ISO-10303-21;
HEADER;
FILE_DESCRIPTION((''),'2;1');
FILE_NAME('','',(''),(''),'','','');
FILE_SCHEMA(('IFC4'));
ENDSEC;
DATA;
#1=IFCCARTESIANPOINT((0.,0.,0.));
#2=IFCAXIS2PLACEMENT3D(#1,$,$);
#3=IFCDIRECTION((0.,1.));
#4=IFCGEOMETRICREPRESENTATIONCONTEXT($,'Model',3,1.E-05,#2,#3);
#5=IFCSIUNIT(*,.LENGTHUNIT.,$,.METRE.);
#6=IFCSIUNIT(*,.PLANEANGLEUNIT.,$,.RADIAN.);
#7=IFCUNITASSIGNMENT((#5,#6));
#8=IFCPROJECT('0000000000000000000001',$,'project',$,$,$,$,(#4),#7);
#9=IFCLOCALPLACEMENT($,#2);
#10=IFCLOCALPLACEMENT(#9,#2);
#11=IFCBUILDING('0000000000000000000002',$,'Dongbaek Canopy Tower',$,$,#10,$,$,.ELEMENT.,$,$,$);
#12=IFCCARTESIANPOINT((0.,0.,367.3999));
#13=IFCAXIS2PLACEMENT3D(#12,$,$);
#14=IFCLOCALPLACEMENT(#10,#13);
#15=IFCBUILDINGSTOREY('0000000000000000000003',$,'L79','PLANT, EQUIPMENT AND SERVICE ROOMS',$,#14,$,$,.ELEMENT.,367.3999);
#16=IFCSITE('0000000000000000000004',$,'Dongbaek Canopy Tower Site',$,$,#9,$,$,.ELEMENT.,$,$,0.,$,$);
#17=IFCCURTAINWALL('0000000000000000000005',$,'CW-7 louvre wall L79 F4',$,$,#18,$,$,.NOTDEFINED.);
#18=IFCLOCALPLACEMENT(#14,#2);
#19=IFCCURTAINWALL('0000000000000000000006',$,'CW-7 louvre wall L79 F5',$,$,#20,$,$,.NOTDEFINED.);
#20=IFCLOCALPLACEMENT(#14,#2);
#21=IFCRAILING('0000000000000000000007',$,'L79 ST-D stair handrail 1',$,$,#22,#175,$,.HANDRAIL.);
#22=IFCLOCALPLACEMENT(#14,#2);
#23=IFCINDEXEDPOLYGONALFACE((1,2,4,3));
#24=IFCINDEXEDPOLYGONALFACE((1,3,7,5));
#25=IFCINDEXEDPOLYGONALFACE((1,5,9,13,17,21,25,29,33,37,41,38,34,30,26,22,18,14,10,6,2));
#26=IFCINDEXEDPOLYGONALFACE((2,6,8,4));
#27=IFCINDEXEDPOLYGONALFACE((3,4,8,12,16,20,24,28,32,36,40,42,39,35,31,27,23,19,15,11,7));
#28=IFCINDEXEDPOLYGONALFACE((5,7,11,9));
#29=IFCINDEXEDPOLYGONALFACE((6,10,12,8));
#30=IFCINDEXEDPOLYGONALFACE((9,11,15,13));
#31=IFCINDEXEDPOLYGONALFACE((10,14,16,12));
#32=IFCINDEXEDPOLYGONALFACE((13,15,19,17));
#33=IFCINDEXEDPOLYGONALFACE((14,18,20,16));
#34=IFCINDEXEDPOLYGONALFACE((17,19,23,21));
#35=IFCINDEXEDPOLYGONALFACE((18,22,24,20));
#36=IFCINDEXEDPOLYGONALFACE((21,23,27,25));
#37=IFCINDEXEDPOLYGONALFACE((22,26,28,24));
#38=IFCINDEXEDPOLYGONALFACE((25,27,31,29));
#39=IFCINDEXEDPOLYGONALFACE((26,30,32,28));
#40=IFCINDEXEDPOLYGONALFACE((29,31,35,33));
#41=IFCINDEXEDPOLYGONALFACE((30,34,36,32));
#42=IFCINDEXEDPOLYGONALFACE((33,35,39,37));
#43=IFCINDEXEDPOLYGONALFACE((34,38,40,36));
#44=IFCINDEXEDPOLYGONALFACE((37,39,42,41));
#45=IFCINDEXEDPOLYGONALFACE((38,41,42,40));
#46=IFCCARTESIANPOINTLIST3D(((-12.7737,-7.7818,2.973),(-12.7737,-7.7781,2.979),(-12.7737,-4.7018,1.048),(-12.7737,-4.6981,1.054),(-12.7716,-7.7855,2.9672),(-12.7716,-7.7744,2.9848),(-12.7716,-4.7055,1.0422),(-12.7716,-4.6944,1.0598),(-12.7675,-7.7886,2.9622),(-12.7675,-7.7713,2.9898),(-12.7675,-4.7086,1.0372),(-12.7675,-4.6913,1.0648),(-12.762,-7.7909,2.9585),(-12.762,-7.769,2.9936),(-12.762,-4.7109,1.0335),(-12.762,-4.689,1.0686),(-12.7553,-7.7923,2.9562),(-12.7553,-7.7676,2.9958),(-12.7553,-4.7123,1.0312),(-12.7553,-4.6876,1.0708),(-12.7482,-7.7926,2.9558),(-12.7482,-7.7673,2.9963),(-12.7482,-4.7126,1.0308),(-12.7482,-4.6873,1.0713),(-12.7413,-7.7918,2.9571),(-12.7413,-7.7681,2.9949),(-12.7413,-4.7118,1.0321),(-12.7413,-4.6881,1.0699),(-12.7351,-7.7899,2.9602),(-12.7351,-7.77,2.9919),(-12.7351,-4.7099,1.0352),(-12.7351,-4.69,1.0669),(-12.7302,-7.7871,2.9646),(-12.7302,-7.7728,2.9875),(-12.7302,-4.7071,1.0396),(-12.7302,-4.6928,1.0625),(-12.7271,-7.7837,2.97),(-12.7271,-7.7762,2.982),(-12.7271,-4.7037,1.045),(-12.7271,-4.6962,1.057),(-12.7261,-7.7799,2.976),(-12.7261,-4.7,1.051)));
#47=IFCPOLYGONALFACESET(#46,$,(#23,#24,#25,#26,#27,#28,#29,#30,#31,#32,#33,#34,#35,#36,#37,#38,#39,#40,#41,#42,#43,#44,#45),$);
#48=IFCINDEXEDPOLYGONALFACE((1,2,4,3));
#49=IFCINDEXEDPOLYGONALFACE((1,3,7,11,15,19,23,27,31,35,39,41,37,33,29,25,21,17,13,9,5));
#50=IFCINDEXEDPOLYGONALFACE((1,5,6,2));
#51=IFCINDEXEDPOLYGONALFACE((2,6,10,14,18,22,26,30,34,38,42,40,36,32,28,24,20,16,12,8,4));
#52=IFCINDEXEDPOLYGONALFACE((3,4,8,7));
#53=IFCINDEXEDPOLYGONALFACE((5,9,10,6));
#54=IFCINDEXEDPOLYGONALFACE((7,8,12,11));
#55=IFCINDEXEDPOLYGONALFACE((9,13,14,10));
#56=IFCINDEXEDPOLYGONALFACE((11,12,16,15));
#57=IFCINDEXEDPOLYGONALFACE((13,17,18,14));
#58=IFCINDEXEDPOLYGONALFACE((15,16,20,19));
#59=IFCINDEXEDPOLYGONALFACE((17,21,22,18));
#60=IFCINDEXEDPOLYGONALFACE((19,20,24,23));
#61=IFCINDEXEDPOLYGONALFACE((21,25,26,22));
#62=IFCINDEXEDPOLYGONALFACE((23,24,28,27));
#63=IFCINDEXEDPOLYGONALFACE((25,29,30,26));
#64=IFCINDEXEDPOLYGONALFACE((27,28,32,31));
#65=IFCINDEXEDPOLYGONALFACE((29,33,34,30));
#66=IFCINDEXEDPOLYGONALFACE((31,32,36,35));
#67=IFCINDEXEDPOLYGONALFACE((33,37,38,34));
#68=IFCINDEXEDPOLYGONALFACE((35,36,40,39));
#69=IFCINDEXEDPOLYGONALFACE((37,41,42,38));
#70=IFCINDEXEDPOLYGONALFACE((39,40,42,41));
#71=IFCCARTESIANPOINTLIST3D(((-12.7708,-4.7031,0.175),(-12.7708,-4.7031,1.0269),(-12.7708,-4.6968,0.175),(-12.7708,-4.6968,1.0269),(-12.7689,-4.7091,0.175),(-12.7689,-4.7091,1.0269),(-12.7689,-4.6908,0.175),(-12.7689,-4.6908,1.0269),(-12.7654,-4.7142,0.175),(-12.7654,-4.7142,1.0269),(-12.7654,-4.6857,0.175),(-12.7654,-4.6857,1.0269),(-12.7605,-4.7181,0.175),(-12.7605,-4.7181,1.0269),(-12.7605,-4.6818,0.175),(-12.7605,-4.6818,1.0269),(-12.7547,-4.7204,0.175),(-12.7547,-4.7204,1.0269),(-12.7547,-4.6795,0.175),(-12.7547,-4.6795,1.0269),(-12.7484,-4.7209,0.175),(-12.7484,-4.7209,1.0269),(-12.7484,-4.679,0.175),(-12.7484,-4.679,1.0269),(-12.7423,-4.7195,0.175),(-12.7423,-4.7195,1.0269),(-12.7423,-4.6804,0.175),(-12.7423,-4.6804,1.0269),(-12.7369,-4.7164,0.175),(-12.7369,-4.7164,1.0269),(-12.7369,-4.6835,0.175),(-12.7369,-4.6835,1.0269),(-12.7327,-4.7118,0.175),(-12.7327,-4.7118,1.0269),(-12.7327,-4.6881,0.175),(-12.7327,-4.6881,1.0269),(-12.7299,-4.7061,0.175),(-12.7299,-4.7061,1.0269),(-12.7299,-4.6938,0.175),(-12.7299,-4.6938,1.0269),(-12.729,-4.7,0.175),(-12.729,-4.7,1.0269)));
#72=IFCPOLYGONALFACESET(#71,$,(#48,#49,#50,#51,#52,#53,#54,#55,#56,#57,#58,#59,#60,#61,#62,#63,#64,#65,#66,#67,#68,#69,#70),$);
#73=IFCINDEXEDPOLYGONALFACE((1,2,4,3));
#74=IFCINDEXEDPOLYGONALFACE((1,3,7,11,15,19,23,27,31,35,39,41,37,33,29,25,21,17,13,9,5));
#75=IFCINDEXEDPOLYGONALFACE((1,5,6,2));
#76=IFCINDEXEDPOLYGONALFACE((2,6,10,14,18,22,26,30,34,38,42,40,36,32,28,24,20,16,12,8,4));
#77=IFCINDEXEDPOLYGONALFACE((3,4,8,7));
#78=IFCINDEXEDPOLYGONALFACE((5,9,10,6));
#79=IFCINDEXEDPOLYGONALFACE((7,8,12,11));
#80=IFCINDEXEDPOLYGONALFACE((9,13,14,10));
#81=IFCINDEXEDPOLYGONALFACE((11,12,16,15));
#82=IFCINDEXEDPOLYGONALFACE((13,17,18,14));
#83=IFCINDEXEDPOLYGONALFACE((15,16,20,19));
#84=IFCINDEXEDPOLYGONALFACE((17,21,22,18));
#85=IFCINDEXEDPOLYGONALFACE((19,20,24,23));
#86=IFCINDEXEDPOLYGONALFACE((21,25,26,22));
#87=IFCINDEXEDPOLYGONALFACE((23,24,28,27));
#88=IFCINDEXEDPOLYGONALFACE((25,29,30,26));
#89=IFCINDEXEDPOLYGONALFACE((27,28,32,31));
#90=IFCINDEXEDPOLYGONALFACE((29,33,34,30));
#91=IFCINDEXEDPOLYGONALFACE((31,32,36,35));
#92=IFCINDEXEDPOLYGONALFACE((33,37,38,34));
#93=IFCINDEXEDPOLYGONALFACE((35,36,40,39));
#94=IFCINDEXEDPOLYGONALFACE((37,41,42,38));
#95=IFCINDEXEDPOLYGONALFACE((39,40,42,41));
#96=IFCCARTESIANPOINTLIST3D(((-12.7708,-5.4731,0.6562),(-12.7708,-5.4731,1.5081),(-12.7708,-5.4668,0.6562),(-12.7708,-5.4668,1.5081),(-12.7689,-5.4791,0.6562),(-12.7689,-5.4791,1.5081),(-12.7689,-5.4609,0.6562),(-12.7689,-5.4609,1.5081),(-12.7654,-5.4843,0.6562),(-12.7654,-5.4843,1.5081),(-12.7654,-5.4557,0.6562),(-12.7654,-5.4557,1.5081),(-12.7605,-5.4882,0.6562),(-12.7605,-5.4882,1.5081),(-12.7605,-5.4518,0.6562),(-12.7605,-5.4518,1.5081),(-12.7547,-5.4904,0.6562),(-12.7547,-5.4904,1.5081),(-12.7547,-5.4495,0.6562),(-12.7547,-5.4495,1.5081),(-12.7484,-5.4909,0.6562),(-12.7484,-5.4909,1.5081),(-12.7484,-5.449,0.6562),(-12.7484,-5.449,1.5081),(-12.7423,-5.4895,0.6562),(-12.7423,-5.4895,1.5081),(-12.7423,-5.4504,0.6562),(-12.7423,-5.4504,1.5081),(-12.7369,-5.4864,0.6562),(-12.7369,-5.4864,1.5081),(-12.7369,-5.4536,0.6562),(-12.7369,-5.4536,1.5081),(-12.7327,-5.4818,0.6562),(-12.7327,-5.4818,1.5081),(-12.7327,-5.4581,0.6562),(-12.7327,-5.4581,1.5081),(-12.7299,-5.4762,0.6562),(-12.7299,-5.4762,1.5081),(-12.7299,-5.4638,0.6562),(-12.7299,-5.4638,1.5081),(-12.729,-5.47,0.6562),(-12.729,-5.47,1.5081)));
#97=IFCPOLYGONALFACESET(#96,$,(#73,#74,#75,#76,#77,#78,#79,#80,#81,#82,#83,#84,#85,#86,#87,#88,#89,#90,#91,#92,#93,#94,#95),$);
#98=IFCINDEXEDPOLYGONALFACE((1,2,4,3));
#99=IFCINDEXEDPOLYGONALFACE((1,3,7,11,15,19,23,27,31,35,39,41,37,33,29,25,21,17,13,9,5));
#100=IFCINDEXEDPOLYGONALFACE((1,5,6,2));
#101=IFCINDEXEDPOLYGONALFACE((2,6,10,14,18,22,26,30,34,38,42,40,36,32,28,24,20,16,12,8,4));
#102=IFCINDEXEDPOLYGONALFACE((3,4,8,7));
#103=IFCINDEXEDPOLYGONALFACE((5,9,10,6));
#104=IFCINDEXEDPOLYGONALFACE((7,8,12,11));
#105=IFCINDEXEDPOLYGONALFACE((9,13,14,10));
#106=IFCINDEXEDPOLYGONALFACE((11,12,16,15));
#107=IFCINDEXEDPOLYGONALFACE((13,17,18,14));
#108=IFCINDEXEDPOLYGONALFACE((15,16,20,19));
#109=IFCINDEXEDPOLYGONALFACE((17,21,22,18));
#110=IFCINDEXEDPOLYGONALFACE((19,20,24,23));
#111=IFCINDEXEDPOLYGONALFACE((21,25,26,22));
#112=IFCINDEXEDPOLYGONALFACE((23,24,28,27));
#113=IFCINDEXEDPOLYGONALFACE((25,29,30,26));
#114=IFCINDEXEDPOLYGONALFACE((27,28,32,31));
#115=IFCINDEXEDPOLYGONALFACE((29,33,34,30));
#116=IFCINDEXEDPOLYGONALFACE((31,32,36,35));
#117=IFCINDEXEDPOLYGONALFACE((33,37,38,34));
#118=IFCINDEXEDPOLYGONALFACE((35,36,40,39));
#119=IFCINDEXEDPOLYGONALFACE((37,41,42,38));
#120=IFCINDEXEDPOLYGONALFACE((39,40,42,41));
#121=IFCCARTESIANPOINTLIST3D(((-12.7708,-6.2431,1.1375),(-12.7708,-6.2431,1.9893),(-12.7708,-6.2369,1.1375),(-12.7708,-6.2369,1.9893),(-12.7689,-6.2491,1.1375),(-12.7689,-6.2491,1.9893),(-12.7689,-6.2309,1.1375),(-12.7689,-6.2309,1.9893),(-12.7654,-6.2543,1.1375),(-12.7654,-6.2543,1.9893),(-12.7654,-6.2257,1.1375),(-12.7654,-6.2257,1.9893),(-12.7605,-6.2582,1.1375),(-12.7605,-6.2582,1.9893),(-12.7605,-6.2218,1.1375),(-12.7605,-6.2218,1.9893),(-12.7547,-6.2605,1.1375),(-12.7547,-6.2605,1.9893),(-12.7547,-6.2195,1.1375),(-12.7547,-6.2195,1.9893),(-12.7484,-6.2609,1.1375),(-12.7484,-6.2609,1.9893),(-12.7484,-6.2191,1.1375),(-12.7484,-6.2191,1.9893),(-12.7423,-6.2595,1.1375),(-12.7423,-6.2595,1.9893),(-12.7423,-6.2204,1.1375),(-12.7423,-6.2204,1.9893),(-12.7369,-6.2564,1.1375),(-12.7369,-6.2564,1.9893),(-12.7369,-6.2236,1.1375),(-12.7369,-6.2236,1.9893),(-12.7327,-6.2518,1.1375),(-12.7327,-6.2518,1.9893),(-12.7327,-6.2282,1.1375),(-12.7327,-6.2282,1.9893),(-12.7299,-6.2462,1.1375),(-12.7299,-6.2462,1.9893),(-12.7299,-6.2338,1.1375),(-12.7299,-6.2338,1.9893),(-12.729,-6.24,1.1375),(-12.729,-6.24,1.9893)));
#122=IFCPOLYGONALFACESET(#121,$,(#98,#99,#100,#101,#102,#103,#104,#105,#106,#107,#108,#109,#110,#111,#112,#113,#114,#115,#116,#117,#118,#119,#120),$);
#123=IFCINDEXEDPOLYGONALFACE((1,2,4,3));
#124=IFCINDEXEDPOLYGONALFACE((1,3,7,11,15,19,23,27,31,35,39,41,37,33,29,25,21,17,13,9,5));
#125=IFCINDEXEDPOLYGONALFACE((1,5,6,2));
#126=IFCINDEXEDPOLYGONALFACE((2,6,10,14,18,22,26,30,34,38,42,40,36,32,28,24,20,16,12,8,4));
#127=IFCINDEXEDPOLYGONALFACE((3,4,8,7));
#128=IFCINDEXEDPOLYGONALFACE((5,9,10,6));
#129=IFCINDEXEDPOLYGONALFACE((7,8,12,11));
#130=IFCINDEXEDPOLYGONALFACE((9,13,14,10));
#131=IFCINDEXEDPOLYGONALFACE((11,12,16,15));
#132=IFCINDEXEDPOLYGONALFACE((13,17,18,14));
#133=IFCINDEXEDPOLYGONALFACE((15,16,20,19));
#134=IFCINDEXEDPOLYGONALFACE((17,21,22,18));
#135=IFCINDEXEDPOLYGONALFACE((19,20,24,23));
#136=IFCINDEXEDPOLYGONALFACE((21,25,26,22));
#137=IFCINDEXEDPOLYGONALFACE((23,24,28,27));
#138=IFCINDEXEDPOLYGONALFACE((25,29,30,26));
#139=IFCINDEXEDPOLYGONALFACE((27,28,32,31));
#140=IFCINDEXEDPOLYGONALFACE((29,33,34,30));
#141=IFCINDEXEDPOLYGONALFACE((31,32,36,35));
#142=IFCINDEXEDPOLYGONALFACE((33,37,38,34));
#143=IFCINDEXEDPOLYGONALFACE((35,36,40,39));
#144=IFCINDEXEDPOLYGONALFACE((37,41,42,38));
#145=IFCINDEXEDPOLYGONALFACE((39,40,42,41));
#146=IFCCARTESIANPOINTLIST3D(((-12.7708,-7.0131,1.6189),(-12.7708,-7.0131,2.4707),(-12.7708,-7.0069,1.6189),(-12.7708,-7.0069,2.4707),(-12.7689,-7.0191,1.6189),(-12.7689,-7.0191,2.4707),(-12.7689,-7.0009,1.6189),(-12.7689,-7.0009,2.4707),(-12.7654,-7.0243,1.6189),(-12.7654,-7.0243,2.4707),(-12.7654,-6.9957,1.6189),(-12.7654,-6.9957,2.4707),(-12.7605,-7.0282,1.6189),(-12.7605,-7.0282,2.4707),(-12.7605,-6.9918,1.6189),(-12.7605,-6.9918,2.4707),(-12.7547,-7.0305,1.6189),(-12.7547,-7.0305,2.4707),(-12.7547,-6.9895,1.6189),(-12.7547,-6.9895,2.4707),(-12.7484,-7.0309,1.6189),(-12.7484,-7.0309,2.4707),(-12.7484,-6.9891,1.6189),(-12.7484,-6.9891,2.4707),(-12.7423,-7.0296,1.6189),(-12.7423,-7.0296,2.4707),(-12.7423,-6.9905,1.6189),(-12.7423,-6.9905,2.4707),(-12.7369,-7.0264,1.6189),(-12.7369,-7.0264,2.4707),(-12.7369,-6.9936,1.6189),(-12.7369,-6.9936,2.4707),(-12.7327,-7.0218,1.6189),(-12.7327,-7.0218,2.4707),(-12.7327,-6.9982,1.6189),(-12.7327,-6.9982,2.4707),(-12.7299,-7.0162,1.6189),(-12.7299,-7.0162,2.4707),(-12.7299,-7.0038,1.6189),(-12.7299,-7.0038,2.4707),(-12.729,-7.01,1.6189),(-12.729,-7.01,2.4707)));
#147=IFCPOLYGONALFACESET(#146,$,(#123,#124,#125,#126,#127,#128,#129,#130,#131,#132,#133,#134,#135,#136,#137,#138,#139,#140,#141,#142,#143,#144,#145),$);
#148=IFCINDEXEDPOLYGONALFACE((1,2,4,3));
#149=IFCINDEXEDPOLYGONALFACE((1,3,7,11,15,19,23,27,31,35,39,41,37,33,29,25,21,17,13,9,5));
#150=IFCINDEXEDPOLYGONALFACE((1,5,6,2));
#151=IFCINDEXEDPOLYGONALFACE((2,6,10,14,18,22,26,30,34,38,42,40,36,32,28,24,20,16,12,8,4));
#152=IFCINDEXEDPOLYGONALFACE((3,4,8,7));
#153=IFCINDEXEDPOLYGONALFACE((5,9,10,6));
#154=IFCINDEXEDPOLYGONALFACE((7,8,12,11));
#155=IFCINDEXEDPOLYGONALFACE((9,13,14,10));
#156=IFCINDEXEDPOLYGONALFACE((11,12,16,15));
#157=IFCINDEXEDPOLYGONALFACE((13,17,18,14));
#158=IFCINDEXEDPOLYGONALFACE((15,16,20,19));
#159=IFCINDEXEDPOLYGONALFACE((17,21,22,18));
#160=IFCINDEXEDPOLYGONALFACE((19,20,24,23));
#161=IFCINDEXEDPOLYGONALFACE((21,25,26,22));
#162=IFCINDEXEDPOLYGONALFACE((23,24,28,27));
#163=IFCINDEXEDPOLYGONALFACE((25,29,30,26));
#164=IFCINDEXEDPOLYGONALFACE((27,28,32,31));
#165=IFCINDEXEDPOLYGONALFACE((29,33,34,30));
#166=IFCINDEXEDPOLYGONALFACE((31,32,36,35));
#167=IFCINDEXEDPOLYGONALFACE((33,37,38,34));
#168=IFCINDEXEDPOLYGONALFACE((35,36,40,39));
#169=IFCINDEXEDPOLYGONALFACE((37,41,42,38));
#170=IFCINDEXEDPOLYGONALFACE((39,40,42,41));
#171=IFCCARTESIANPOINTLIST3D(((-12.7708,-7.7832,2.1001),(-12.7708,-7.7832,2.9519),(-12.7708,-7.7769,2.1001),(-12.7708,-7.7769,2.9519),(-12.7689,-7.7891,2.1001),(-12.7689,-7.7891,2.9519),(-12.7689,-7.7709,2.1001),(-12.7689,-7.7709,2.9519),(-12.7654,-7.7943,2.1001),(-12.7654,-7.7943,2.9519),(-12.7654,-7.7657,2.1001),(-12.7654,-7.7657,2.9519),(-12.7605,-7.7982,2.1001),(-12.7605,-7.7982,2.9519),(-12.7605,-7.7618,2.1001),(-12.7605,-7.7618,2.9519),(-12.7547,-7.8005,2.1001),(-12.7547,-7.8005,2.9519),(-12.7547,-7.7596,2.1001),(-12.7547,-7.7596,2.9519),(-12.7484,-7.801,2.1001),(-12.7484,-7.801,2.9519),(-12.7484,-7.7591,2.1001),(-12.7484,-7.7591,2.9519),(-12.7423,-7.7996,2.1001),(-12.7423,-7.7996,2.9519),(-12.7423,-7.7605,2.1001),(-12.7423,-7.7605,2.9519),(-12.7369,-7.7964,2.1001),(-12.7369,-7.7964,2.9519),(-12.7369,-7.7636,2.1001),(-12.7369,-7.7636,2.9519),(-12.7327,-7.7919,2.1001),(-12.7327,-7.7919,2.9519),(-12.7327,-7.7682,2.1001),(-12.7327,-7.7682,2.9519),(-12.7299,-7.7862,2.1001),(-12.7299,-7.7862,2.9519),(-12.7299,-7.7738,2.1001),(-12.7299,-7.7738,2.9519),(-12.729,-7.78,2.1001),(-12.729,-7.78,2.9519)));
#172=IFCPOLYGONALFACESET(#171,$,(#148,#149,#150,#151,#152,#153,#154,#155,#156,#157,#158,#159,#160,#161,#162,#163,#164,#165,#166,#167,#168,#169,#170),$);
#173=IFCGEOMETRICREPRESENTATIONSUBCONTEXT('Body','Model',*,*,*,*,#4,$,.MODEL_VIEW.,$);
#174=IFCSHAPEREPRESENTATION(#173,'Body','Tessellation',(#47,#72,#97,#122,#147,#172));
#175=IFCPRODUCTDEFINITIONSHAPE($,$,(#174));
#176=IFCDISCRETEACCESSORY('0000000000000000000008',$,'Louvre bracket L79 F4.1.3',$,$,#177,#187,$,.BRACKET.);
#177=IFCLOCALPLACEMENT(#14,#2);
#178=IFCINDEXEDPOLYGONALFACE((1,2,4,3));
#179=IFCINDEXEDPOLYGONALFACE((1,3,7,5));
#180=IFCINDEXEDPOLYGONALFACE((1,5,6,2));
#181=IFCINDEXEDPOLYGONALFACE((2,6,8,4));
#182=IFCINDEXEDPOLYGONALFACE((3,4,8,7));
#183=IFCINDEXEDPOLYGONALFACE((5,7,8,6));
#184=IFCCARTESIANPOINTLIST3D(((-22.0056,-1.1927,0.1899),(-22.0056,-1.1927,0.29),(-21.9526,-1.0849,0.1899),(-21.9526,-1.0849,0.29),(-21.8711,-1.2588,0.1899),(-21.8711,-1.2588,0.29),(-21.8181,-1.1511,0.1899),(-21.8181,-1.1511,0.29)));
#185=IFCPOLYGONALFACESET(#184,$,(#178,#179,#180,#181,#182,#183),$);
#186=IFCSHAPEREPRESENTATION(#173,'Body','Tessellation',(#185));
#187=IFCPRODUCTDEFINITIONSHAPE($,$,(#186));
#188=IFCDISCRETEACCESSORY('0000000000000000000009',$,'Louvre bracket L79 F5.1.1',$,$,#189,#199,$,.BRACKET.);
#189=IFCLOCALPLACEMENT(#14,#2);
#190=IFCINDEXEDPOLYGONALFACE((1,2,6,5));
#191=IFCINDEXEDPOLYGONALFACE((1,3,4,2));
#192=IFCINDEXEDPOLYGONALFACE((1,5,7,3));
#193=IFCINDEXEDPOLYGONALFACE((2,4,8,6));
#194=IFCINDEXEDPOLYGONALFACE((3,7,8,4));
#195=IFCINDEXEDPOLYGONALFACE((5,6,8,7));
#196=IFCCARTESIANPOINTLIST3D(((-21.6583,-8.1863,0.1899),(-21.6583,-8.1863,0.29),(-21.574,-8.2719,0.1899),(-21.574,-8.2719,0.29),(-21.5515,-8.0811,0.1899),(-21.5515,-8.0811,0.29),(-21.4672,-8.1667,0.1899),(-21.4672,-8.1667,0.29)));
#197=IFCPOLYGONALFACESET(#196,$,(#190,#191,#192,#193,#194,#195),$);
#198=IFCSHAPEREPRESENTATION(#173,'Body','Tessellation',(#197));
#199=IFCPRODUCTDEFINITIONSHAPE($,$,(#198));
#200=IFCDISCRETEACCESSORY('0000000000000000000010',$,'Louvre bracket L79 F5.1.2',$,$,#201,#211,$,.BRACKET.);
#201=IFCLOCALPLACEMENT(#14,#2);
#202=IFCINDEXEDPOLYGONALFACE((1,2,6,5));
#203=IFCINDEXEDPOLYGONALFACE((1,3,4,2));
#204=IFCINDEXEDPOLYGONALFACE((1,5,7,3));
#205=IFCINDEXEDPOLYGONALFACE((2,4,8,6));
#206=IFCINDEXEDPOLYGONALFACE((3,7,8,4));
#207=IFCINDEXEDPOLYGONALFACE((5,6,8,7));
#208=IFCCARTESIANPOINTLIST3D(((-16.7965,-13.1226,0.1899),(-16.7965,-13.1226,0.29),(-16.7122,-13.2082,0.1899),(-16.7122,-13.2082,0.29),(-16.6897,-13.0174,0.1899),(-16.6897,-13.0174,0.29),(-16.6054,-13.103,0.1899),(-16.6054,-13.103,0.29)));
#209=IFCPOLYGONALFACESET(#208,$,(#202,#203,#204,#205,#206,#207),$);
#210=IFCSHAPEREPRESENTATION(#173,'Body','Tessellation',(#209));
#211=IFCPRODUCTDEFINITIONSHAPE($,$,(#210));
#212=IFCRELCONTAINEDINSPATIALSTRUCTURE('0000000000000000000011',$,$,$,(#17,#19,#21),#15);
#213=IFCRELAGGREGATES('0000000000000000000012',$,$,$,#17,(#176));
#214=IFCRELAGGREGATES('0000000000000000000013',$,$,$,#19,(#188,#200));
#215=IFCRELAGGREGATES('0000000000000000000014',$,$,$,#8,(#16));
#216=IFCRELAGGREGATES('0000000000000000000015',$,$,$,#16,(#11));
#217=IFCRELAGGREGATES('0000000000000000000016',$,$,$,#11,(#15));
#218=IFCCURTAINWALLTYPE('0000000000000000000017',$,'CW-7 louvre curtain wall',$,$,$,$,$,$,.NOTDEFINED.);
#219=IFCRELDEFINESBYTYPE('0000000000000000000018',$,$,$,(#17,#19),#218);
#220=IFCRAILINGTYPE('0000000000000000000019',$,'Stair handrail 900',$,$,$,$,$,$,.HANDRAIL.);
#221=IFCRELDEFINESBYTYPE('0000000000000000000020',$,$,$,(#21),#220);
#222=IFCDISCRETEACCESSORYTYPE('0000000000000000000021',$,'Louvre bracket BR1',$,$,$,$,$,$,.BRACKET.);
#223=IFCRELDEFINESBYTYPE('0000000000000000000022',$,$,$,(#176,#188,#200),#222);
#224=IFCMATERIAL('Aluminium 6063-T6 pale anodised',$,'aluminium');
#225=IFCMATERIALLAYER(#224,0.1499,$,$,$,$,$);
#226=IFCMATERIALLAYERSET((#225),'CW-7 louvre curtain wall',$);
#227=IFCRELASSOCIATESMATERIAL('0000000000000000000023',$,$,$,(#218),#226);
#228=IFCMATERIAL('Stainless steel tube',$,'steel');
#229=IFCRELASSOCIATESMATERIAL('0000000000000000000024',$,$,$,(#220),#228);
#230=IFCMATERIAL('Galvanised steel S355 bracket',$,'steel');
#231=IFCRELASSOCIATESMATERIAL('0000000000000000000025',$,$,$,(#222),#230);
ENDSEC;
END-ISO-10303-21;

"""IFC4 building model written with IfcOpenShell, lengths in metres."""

from ifc_helpers import new_model, si_unit, direction, frame, origin, origin_2d, place, context, subcontext, project, spatial, rectangle, circle, extrude, material, layer, layer_set, type_object, element, aggregate, save


model = new_model("IFC4")

# Units and contexts
model_context = context("Model", 3, precision=1e-05, world=origin(), true_north=direction((0.0, 1.0)))
body_context = subcontext(model_context, "Body", "Model", "MODEL_VIEW")
ifc_project = project(units=[si_unit("LENGTHUNIT", "METRE"), si_unit("PLANEANGLEUNIT", "RADIAN")], contexts=[model_context])

# Site, building, storey
site_placement = place(None, origin())
site = spatial("IfcSite", under=ifc_project, at=site_placement, Name="Dongbaek Canopy Tower Site", CompositionType="ELEMENT", RefElevation=0.0)
building_placement = place(site_placement, origin())
building = spatial("IfcBuilding", under=site, at=building_placement, Name="Dongbaek Canopy Tower", CompositionType="ELEMENT")
storey_placement = place(building_placement, frame((0.0, 0.0, 367.3999)))
storey = spatial("IfcBuildingStorey", under=building, at=storey_placement, Name="L79", Description="PLANT, EQUIPMENT AND SERVICE ROOMS", CompositionType="ELEMENT", Elevation=367.3999)

# Curtain wall
ifc_material_1 = material(Name="Aluminium 6063-T6 pale anodised", Category="aluminium")
ifc_layer_1 = layer(ifc_material_1, 0.1499)
ifc_layer_set_1 = layer_set([ifc_layer_1], Name="CW-7 louvre curtain wall")
curtain_wall_type = type_object("IfcCurtainWallType", Name="CW-7 louvre curtain wall", PredefinedType="NOTDEFINED", material=ifc_layer_set_1)
curtain_wall_1_placement = place(storey_placement, origin())
curtain_wall_1 = element("IfcCurtainWall", 1, at=curtain_wall_1_placement, inside=storey, type_object=curtain_wall_type, Name="CW-7 louvre wall L79 F4", PredefinedType="NOTDEFINED")

# Curtain wall
curtain_wall_2_placement = place(storey_placement, origin())
curtain_wall_2 = element("IfcCurtainWall", 2, at=curtain_wall_2_placement, inside=storey, type_object=curtain_wall_type, Name="CW-7 louvre wall L79 F5", PredefinedType="NOTDEFINED")

# Railing
ifc_material_2 = material(Name="Stainless steel tube", Category="steel")
railing_type_1 = type_object("IfcRailingType", Name="Stair handrail 900", PredefinedType="HANDRAIL", material=ifc_material_2)
railing_1_placement = place(storey_placement, frame((-12.75, -4.7, 0.175)))
element("IfcRailing", 3, at=railing_1_placement, inside=storey, type_object=railing_type_1, Name="L79 ST-D stair handrail 1", PredefinedType="HANDRAIL", context=body_context, shape_type="SweptSolid", body=[
    extrude(circle(Radius=0.0239, at=origin_2d()), frame((0.0, 0.0, 0.876), z_axis=(0.0, -0.847998, 0.529999), x_axis=(1.0, 0.0, 0.0)), (0.0, 0.0, 1.0), 3.6321),
    extrude(circle(Radius=0.021, at=origin_2d()), origin(), (0.0, 0.0, 1.0), 0.8518),
    extrude(circle(Radius=0.021, at=origin_2d()), frame((0.0, -0.77, 0.4812)), (0.0, 0.0, 1.0), 0.8518),
    extrude(circle(Radius=0.021, at=origin_2d()), frame((0.0, -1.54, 0.9624)), (0.0, 0.0, 1.0), 0.8518),
    extrude(circle(Radius=0.021, at=origin_2d()), frame((0.0, -2.3101, 1.4438)), (0.0, 0.0, 1.0), 0.8518),
    extrude(circle(Radius=0.021, at=origin_2d()), frame((0.0, -3.0801, 1.925)), (0.0, 0.0, 1.0), 0.8518),
])

# Discrete accessories
ifc_material_3 = material(Name="Galvanised steel S355 bracket", Category="steel")
discrete_accessory_type = type_object("IfcDiscreteAccessoryType", Name="Louvre bracket BR1", PredefinedType="BRACKET", material=ifc_material_3)
discrete_accessory_1_placement = place(storey_placement, frame((-21.9119, -1.1719, 0.1899), z_axis=(0.0, 0.0, 1.0), x_axis=(-0.441342, -0.897339, 0.0)))
discrete_accessory_1 = element("IfcDiscreteAccessory", 4, at=discrete_accessory_1_placement, type_object=discrete_accessory_type, Name="Louvre bracket L79 F4.1.3", PredefinedType="BRACKET", context=body_context, shape_type="SweptSolid", body=[
    extrude(rectangle(XDim=0.1201, YDim=0.1499, at=origin_2d()), origin(), (0.0, 0.0, 1.0), 0.1001),
])
aggregate(curtain_wall_1, [discrete_accessory_1])
discrete_accessory_2_placement = place(storey_placement, frame((-21.5627, -8.1765, 0.1899), z_axis=(0.0, 0.0, 1.0), x_axis=(0.701718, -0.712455, 0.0)))
discrete_accessory_2 = element("IfcDiscreteAccessory", 5, at=discrete_accessory_2_placement, type_object=discrete_accessory_type, Name="Louvre bracket L79 F5.1.1", PredefinedType="BRACKET", context=body_context, shape_type="SweptSolid", body=[
    extrude(rectangle(XDim=0.1201, YDim=0.1499, at=origin_2d()), origin(), (0.0, 0.0, 1.0), 0.1001),
])
discrete_accessory_3_placement = place(storey_placement, frame((-16.7009, -13.1128, 0.1899), z_axis=(0.0, 0.0, 1.0), x_axis=(0.701718, -0.712455, 0.0)))
discrete_accessory_3 = element("IfcDiscreteAccessory", 6, at=discrete_accessory_3_placement, type_object=discrete_accessory_type, Name="Louvre bracket L79 F5.1.2", PredefinedType="BRACKET", context=body_context, shape_type="SweptSolid", body=[
    extrude(rectangle(XDim=0.1201, YDim=0.1499, at=origin_2d()), origin(), (0.0, 0.0, 1.0), 0.1001),
])
aggregate(curtain_wall_2, [discrete_accessory_2, discrete_accessory_3])

save(model, "model.ifc")
